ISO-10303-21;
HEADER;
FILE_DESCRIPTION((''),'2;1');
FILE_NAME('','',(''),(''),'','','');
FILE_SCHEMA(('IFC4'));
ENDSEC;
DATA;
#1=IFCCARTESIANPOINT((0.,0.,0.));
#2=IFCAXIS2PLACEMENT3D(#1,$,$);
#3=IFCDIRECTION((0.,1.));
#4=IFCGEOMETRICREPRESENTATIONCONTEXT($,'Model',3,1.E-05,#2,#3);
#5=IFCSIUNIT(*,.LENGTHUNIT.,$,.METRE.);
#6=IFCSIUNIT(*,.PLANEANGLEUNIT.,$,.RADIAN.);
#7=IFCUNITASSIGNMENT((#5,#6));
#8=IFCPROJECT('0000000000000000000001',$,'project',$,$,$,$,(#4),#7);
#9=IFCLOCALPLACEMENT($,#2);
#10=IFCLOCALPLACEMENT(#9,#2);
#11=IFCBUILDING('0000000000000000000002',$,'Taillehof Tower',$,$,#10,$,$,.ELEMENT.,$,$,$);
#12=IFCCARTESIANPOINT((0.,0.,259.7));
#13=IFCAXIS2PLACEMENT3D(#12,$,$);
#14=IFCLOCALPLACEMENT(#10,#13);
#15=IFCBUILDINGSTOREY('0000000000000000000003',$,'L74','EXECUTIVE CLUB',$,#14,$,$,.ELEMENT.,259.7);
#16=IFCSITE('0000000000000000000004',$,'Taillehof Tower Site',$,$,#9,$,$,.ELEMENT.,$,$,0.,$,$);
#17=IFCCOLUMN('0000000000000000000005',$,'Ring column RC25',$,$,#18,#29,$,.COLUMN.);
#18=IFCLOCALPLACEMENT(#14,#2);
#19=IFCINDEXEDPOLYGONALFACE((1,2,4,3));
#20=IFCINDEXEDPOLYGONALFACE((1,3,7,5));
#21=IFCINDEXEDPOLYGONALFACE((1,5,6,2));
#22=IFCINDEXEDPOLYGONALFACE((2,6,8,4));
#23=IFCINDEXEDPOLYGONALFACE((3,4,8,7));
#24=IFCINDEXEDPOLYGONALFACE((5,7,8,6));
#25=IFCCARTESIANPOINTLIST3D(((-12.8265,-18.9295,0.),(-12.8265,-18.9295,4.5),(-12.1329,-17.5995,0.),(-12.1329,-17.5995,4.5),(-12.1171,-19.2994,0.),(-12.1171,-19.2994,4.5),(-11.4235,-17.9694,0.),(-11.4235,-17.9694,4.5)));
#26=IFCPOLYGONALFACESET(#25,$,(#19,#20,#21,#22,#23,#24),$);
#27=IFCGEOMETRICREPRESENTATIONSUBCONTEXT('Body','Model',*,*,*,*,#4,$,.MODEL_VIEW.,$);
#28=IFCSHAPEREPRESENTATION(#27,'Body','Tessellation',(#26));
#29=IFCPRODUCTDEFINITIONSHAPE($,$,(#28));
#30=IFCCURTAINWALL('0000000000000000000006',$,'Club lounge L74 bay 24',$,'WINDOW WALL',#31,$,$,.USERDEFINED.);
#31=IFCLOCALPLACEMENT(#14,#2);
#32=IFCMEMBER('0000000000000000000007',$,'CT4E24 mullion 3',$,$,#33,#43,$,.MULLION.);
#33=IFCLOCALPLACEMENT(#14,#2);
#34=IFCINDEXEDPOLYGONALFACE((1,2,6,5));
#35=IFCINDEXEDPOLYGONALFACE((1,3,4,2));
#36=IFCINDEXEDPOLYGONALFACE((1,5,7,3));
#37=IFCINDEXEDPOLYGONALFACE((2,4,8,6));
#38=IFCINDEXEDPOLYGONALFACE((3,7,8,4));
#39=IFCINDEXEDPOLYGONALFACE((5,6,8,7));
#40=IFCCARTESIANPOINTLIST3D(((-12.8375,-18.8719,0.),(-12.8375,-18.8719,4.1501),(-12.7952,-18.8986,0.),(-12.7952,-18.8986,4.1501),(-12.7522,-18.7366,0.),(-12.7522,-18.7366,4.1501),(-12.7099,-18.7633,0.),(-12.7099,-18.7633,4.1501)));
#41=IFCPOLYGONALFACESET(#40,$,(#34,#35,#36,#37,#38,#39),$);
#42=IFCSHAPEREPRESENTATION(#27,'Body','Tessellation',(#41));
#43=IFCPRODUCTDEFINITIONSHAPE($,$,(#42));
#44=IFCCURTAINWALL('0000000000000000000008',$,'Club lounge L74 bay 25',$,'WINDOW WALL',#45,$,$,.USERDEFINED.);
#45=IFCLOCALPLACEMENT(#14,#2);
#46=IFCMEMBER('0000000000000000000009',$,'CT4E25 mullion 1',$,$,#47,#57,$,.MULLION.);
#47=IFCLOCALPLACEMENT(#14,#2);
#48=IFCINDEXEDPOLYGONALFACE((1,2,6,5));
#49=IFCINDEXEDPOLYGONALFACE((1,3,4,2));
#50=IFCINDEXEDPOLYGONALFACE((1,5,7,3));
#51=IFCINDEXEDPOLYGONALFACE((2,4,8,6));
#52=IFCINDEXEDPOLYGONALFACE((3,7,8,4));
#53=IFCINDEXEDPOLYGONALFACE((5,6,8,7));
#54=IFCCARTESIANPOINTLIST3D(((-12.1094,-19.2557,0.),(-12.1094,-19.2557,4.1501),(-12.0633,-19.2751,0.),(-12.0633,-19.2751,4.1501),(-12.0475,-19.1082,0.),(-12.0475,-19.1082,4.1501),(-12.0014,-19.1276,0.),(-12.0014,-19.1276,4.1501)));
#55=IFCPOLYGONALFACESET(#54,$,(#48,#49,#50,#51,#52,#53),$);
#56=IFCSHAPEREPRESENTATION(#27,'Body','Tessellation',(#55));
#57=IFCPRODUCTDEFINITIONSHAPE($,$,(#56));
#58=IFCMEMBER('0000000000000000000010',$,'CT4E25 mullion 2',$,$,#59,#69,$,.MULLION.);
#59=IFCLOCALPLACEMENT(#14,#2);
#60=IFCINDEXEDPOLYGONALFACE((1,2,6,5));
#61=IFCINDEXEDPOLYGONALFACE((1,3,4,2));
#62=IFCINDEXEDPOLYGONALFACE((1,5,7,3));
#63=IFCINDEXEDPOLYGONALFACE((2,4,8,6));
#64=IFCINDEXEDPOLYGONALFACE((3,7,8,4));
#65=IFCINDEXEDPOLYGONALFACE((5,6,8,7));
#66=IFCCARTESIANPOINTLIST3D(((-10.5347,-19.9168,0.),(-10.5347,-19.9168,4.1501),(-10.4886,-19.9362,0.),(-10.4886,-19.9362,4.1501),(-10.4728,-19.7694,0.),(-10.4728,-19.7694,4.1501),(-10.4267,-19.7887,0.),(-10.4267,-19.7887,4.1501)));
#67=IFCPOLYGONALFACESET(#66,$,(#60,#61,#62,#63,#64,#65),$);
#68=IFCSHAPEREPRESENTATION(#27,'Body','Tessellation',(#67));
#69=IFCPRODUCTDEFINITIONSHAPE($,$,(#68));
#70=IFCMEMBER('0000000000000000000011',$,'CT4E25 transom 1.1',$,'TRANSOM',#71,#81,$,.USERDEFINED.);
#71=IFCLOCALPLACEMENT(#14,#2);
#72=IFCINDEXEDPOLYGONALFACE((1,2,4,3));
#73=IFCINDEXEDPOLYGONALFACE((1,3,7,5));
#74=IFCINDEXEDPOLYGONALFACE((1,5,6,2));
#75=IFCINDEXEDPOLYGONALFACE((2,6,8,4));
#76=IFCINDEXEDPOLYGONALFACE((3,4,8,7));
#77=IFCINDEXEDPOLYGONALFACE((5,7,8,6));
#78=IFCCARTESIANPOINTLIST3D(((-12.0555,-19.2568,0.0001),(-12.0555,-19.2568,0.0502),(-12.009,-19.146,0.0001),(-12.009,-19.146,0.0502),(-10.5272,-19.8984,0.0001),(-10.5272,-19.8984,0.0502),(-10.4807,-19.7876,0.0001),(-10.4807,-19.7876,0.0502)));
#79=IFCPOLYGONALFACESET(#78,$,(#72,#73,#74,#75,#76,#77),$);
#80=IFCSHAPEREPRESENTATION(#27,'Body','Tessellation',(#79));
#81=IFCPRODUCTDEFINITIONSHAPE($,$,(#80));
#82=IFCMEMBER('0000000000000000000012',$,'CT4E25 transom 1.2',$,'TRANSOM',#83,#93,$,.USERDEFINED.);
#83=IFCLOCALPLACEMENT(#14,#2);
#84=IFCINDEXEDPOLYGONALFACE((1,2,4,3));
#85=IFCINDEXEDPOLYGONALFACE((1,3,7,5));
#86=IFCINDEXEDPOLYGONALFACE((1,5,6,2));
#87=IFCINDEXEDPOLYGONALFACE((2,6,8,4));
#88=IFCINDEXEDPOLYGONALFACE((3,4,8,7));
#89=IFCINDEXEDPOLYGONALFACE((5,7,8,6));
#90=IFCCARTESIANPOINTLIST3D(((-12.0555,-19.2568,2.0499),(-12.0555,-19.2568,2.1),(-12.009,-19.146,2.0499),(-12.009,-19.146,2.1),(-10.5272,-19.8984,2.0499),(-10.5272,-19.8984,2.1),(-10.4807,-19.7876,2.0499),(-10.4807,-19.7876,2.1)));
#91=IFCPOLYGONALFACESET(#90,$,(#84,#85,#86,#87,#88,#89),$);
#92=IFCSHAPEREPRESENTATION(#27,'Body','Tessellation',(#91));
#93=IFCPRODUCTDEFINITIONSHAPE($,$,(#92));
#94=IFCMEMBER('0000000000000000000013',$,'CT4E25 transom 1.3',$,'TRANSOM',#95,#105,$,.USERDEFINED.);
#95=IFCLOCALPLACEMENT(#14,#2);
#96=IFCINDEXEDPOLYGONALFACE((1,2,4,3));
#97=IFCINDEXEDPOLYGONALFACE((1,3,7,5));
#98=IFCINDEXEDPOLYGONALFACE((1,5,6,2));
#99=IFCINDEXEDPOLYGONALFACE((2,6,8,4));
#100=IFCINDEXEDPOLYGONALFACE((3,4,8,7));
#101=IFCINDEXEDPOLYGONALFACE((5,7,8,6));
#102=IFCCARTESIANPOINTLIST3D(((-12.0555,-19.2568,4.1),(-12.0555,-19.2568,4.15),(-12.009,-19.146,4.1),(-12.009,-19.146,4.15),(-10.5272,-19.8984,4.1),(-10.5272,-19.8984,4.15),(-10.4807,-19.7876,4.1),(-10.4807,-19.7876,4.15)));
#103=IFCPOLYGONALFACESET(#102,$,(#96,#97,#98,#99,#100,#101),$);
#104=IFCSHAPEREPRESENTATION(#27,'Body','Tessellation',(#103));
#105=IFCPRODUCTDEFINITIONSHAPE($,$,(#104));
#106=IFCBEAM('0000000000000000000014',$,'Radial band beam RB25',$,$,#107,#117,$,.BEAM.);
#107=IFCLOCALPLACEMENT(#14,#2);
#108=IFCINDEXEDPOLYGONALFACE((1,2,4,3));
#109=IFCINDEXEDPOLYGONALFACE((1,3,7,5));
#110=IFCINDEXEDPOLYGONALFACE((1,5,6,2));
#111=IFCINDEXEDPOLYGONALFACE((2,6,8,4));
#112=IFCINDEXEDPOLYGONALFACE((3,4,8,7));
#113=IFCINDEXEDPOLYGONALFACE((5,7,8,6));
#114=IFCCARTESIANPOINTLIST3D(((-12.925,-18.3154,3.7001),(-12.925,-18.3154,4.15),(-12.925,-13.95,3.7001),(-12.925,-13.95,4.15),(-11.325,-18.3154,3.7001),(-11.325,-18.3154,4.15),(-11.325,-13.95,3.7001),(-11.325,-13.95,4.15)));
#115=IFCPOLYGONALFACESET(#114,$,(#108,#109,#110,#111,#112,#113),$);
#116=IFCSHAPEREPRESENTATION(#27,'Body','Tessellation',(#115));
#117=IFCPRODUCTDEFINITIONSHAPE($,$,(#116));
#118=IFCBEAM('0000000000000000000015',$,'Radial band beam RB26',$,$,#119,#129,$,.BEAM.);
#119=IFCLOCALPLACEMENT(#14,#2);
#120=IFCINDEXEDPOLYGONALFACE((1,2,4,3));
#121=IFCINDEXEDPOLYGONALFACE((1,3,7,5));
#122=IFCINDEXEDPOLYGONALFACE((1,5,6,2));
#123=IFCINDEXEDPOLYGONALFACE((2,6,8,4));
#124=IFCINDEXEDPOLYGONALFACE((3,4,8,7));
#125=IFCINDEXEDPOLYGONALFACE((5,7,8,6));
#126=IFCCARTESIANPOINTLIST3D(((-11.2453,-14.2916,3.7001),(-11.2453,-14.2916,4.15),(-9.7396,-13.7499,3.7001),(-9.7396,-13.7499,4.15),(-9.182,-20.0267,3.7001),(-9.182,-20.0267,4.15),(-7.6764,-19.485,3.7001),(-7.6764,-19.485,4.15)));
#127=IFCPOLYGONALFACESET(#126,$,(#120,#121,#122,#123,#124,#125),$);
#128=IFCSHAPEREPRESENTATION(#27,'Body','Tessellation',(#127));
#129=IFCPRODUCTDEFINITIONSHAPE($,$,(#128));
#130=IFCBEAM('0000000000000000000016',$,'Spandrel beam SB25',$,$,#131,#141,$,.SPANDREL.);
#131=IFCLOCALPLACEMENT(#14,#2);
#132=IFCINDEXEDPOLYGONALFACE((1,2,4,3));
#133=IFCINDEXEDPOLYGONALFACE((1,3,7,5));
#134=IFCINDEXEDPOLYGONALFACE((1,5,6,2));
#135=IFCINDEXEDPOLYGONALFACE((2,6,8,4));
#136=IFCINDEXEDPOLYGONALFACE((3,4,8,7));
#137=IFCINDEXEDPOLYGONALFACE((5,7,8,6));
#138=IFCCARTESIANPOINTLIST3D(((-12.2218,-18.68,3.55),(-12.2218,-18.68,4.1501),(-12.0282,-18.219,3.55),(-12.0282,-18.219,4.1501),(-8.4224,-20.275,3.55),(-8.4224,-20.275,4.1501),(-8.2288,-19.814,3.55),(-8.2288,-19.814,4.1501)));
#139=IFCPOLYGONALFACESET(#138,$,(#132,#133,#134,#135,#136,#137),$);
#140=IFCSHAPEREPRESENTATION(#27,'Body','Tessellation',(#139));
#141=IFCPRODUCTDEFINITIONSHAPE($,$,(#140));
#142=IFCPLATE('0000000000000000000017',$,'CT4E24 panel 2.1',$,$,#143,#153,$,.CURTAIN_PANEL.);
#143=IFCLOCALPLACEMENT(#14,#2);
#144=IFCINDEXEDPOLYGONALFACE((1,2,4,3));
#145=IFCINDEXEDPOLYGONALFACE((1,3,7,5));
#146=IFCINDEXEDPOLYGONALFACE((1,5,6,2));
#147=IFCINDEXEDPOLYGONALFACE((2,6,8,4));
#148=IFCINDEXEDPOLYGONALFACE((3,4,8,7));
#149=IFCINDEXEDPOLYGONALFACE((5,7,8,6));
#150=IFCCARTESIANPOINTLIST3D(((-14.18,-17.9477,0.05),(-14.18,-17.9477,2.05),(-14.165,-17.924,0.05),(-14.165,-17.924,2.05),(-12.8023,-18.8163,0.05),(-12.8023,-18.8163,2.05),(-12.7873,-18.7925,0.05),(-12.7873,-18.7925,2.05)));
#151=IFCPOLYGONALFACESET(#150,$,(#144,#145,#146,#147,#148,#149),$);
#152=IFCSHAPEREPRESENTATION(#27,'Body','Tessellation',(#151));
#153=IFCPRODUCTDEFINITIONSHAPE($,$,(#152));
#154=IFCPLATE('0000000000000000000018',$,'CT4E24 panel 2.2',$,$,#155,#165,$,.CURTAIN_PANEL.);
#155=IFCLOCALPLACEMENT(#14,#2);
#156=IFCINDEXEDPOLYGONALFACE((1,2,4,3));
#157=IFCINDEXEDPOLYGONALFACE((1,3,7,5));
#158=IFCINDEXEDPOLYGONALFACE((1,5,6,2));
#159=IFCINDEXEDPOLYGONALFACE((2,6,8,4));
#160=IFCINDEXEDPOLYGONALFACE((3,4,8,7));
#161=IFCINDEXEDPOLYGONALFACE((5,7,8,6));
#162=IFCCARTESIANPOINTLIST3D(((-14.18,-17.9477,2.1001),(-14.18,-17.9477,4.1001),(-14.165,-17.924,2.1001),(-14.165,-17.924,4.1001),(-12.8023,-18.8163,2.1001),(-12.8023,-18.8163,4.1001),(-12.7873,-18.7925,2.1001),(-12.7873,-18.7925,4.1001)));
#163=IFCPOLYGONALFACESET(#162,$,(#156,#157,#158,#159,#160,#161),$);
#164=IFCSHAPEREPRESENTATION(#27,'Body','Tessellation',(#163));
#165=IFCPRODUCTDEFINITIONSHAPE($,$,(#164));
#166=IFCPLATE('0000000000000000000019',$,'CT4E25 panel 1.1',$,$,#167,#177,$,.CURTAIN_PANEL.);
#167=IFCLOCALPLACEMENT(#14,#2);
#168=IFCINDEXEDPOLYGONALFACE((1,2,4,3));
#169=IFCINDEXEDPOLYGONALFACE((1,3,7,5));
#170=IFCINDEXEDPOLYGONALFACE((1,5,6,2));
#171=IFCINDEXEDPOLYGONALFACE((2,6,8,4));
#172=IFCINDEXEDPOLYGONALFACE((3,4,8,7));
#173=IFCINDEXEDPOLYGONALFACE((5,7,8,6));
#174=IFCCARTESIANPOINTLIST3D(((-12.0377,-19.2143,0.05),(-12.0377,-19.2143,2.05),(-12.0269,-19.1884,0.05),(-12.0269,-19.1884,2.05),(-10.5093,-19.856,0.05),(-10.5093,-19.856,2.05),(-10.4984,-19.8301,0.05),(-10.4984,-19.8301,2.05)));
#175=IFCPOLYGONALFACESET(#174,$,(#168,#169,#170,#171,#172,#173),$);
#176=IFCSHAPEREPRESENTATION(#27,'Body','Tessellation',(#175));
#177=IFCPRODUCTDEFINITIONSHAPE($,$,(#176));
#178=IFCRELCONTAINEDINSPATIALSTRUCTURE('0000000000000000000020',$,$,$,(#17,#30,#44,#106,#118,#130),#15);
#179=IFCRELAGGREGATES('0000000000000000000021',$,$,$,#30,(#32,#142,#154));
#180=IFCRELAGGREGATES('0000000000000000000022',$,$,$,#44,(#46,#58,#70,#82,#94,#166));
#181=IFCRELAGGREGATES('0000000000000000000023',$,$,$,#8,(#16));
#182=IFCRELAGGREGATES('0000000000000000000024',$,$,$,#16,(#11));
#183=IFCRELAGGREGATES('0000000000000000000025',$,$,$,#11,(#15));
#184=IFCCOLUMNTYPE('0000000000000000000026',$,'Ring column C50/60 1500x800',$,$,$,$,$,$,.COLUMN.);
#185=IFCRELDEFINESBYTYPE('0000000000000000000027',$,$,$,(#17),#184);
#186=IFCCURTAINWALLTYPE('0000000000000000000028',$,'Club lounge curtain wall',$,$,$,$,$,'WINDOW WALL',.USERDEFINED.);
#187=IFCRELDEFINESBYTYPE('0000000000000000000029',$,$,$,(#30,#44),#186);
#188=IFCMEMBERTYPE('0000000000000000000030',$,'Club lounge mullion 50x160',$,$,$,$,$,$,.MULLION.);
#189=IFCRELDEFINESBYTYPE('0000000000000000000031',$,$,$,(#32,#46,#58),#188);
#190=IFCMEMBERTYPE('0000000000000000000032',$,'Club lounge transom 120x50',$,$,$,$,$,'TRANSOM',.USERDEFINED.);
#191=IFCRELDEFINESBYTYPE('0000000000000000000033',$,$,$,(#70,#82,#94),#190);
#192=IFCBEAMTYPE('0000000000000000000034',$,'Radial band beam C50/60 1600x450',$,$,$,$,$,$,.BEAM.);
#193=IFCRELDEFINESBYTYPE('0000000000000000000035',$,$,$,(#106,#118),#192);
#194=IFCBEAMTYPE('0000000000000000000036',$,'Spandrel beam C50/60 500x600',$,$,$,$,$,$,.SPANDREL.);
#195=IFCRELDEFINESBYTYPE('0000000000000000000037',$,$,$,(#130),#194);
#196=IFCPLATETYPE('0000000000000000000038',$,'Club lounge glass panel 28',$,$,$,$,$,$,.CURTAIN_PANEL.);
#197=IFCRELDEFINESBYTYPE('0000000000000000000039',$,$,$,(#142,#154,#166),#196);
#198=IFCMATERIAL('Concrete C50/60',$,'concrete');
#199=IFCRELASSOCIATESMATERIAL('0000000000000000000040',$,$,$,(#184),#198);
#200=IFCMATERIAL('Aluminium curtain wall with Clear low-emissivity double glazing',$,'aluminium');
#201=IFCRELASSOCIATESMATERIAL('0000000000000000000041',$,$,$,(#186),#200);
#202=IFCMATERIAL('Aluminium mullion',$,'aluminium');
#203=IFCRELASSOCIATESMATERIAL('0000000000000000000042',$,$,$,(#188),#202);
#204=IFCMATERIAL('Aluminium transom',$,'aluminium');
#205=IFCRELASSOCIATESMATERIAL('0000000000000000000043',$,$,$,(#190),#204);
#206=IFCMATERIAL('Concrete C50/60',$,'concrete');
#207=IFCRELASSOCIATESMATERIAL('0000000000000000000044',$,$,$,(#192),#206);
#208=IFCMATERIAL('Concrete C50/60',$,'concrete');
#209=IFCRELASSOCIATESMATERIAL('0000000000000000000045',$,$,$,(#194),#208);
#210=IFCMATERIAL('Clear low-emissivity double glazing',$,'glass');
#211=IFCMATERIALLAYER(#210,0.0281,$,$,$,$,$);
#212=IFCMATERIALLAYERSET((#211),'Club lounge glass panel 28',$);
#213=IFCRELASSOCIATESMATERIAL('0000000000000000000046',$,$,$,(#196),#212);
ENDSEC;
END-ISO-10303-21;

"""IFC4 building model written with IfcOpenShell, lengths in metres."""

from ifc_helpers import new_model, si_unit, direction, frame, origin, origin_2d, place, context, subcontext, project, spatial, rectangle, extrude, material, layer, layer_set, material_profile, profile_set, type_object, element, aggregate, save


model = new_model("IFC4")

# Units and contexts
model_context = context("Model", 3, precision=1e-05, world=origin(), true_north=direction((0.0, 1.0)))
body_context = subcontext(model_context, "Body", "Model", "MODEL_VIEW")
ifc_project = project(units=[si_unit("LENGTHUNIT", "METRE"), si_unit("PLANEANGLEUNIT", "RADIAN")], contexts=[model_context])

# Site, building, storey
site_placement = place(None, origin())
site = spatial("IfcSite", under=ifc_project, at=site_placement, Name="Taillehof Tower Site", CompositionType="ELEMENT", RefElevation=0.0)
building_placement = place(site_placement, origin())
building = spatial("IfcBuilding", under=site, at=building_placement, Name="Taillehof Tower", CompositionType="ELEMENT")
storey_placement = place(building_placement, frame((0.0, 0.0, 259.7)))
storey = spatial("IfcBuildingStorey", under=building, at=storey_placement, Name="L74", Description="EXECUTIVE CLUB", CompositionType="ELEMENT", Elevation=259.7)

# Column
ifc_material_1 = material(Name="Concrete C50/60", Category="concrete")
ifc_material_profile_1 = material_profile(ifc_material_1, rectangle(XDim=1.5, YDim=0.8, at=origin_2d()), Name="RC 1500x800")
ifc_profile_set_1 = profile_set([ifc_material_profile_1], Name="Concrete C50/60")
column_type = type_object("IfcColumnType", Name="Ring column C50/60 1500x800", PredefinedType="COLUMN", material=ifc_profile_set_1)
column_placement = place(storey_placement, frame((-12.125, -18.4495, 0.0), z_axis=(0.0, 0.0, 1.0), x_axis=(-0.462384, -0.88668, 0.0)))
element("IfcColumn", 1, at=column_placement, inside=storey, type_object=column_type, Name="Ring column RC25", PredefinedType="COLUMN", context=body_context, shape_type="SweptSolid", body=[
    extrude(rectangle(XDim=1.5, YDim=0.8, at=origin_2d()), origin(), (0.0, 0.0, 1.0), 4.5),
])

# Curtain wall, member
ifc_material_2 = material(Name="Aluminium curtain wall with Clear low-emissivity double glazing", Category="aluminium")
curtain_wall_type = type_object("IfcCurtainWallType", Name="Club lounge curtain wall", ElementType="WINDOW WALL", PredefinedType="USERDEFINED", material=ifc_material_2)
curtain_wall_1_placement = place(storey_placement, origin())
curtain_wall_1 = element("IfcCurtainWall", 2, at=curtain_wall_1_placement, inside=storey, type_object=curtain_wall_type, Name="Club lounge L74 bay 24", ObjectType="WINDOW WALL", PredefinedType="USERDEFINED")
ifc_material_3 = material(Name="Aluminium mullion", Category="aluminium")
ifc_material_profile_2 = material_profile(ifc_material_3, rectangle(XDim=0.1599, YDim=0.05, at=origin_2d()), Name="AL 50x160")
ifc_profile_set_2 = profile_set([ifc_material_profile_2], Name="Aluminium mullion")
member_type_1 = type_object("IfcMemberType", Name="Club lounge mullion 50x160", PredefinedType="MULLION", material=ifc_profile_set_2)
member_1_placement = place(storey_placement, frame((-12.7737, -18.8176, 0.0), z_axis=(0.0, 0.0, 1.0), x_axis=(0.533294, 0.84593, 0.0)))
member_1 = element("IfcMember", 3, at=member_1_placement, type_object=member_type_1, Name="CT4E24 mullion 3", PredefinedType="MULLION", context=body_context, shape_type="SweptSolid", body=[
    extrude(rectangle(XDim=0.1599, YDim=0.05, at=origin_2d()), origin(), (0.0, 0.0, 1.0), 4.1501),
])

# Curtain wall, members
curtain_wall_2_placement = place(storey_placement, origin())
curtain_wall_2 = element("IfcCurtainWall", 4, at=curtain_wall_2_placement, inside=storey, type_object=curtain_wall_type, Name="Club lounge L74 bay 25", ObjectType="WINDOW WALL", PredefinedType="USERDEFINED")
member_2_placement = place(storey_placement, frame((-12.0554, -19.1917, 0.0), z_axis=(0.0, 0.0, 1.0), x_axis=(0.387101, 0.922037, 0.0)))
member_2 = element("IfcMember", 5, at=member_2_placement, type_object=member_type_1, Name="CT4E25 mullion 1", PredefinedType="MULLION", context=body_context, shape_type="SweptSolid", body=[
    extrude(rectangle(XDim=0.1599, YDim=0.05, at=origin_2d()), origin(), (0.0, 0.0, 1.0), 4.1501),
])
member_3_placement = place(storey_placement, frame((-10.4807, -19.8528, 0.0), z_axis=(0.0, 0.0, 1.0), x_axis=(0.387101, 0.922037, 0.0)))
member_3 = element("IfcMember", 6, at=member_3_placement, type_object=member_type_1, Name="CT4E25 mullion 2", PredefinedType="MULLION", context=body_context, shape_type="SweptSolid", body=[
    extrude(rectangle(XDim=0.1599, YDim=0.05, at=origin_2d()), origin(), (0.0, 0.0, 1.0), 4.1501),
])
ifc_material_4 = material(Name="Aluminium transom", Category="aluminium")
ifc_material_profile_3 = material_profile(ifc_material_4, rectangle(XDim=0.1201, YDim=0.05, at=origin_2d()), Name="AL 120x50")
ifc_profile_set_3 = profile_set([ifc_material_profile_3], Name="Aluminium transom")
member_type_2 = type_object("IfcMemberType", Name="Club lounge transom 120x50", ElementType="TRANSOM", PredefinedType="USERDEFINED", material=ifc_profile_set_3)
member_4_placement = place(storey_placement, frame((-12.0322, -19.2014, 0.0251), z_axis=(0.922045, -0.387082, 0.0), x_axis=(0.387082, 0.922045, 0.0)))
member_4 = element("IfcMember", 7, at=member_4_placement, type_object=member_type_2, Name="CT4E25 transom 1.1", ObjectType="TRANSOM", PredefinedType="USERDEFINED", context=body_context, shape_type="SweptSolid", body=[
    extrude(rectangle(XDim=0.1201, YDim=0.05, at=origin_2d()), origin(), (0.0, 0.0, 1.0), 1.6575),
])
member_5_placement = place(storey_placement, frame((-12.0322, -19.2014, 2.075), z_axis=(0.922045, -0.387082, 0.0), x_axis=(0.387082, 0.922045, 0.0)))
member_5 = element("IfcMember", 8, at=member_5_placement, type_object=member_type_2, Name="CT4E25 transom 1.2", ObjectType="TRANSOM", PredefinedType="USERDEFINED", context=body_context, shape_type="SweptSolid", body=[
    extrude(rectangle(XDim=0.1201, YDim=0.05, at=origin_2d()), origin(), (0.0, 0.0, 1.0), 1.6575),
])
member_6_placement = place(storey_placement, frame((-12.0322, -19.2014, 4.125), z_axis=(0.922045, -0.387082, 0.0), x_axis=(0.387082, 0.922045, 0.0)))
member_6 = element("IfcMember", 9, at=member_6_placement, type_object=member_type_2, Name="CT4E25 transom 1.3", ObjectType="TRANSOM", PredefinedType="USERDEFINED", context=body_context, shape_type="SweptSolid", body=[
    extrude(rectangle(XDim=0.1201, YDim=0.05, at=origin_2d()), origin(), (0.0, 0.0, 1.0), 1.6575),
])

# Beams
ifc_material_5 = material(Name="Concrete C50/60", Category="concrete")
ifc_material_profile_4 = material_profile(ifc_material_5, rectangle(XDim=1.6001, YDim=0.45, at=origin_2d()), Name="RC 1600x450")
ifc_profile_set_4 = profile_set([ifc_material_profile_4], Name="Concrete C50/60")
beam_type_1 = type_object("IfcBeamType", Name="Radial band beam C50/60 1600x450", PredefinedType="BEAM", material=ifc_profile_set_4)
beam_1_placement = place(storey_placement, frame((-12.125, -18.3154, 3.925), z_axis=(0.0, 1.0, 0.0), x_axis=(-1.0, 0.0, 0.0)))
element("IfcBeam", 10, at=beam_1_placement, inside=storey, type_object=beam_type_1, Name="Radial band beam RB25", PredefinedType="BEAM", context=body_context, shape_type="SweptSolid", body=[
    extrude(rectangle(XDim=1.6001, YDim=0.45, at=origin_2d()), origin(), (0.0, 0.0, 1.0), 4.3655),
])
beam_2_placement = place(storey_placement, frame((-8.4292, -19.7559, 3.925), z_axis=(-0.338515, 0.940961, 0.0), x_axis=(-0.940961, -0.338515, 0.0)))
element("IfcBeam", 11, at=beam_2_placement, inside=storey, type_object=beam_type_1, Name="Radial band beam RB26", PredefinedType="BEAM", context=body_context, shape_type="SweptSolid", body=[
    extrude(rectangle(XDim=1.6001, YDim=0.45, at=origin_2d()), origin(), (0.0, 0.0, 1.0), 6.095),
])
ifc_material_6 = material(Name="Concrete C50/60", Category="concrete")
ifc_material_profile_5 = material_profile(ifc_material_6, rectangle(XDim=0.5, YDim=0.6001, at=origin_2d()), Name="RC 500x600")
ifc_profile_set_5 = profile_set([ifc_material_profile_5], Name="Concrete C50/60")
beam_type_2 = type_object("IfcBeamType", Name="Spandrel beam C50/60 500x600", PredefinedType="SPANDREL", material=ifc_profile_set_5)
beam_3_placement = place(storey_placement, frame((-12.125, -18.4495, 3.8501), z_axis=(0.922046, -0.387079, 0.0), x_axis=(0.387079, 0.922046, 0.0)))
element("IfcBeam", 12, at=beam_3_placement, inside=storey, type_object=beam_type_2, Name="Spandrel beam SB25", PredefinedType="SPANDREL", context=body_context, shape_type="SweptSolid", body=[
    extrude(rectangle(XDim=0.5, YDim=0.6001, at=origin_2d()), origin(), (0.0, 0.0, 1.0), 4.1206),
])

# Plates
ifc_material_7 = material(Name="Clear low-emissivity double glazing", Category="glass")
ifc_layer_1 = layer(ifc_material_7, 0.0281)
ifc_layer_set_1 = layer_set([ifc_layer_1], Name="Club lounge glass panel 28")
plate_type = type_object("IfcPlateType", Name="Club lounge glass panel 28", PredefinedType="CURTAIN_PANEL", material=ifc_layer_set_1)
plate_1_placement = place(storey_placement, frame((-13.4836, -18.3701, 0.05), z_axis=(0.0, 0.0, 1.0), x_axis=(0.84593, -0.533294, 0.0)))
plate_1 = element("IfcPlate", 13, at=plate_1_placement, type_object=plate_type, Name="CT4E24 panel 2.1", PredefinedType="CURTAIN_PANEL", context=body_context, shape_type="SweptSolid", body=[
    extrude(rectangle(XDim=1.6287, YDim=0.0281, at=origin_2d()), origin(), (0.0, 0.0, 1.0), 2.0),
])
plate_2_placement = place(storey_placement, frame((-13.4836, -18.3701, 2.1001), z_axis=(0.0, 0.0, 1.0), x_axis=(0.84593, -0.533294, 0.0)))
plate_2 = element("IfcPlate", 14, at=plate_2_placement, type_object=plate_type, Name="CT4E24 panel 2.2", PredefinedType="CURTAIN_PANEL", context=body_context, shape_type="SweptSolid", body=[
    extrude(rectangle(XDim=1.6287, YDim=0.0281, at=origin_2d()), origin(), (0.0, 0.0, 1.0), 2.0),
])
aggregate(curtain_wall_1, [member_1, plate_1, plate_2])
plate_3_placement = place(storey_placement, frame((-11.2681, -19.5222, 0.05), z_axis=(0.0, 0.0, 1.0), x_axis=(0.922037, -0.387101, 0.0)))
plate_3 = element("IfcPlate", 15, at=plate_3_placement, type_object=plate_type, Name="CT4E25 panel 1.1", PredefinedType="CURTAIN_PANEL", context=body_context, shape_type="SweptSolid", body=[
    extrude(rectangle(XDim=1.6577, YDim=0.0281, at=origin_2d()), origin(), (0.0, 0.0, 1.0), 2.0),
])
aggregate(curtain_wall_2, [member_2, member_3, member_4, member_5, member_6, plate_3])

save(model, "model.ifc")
